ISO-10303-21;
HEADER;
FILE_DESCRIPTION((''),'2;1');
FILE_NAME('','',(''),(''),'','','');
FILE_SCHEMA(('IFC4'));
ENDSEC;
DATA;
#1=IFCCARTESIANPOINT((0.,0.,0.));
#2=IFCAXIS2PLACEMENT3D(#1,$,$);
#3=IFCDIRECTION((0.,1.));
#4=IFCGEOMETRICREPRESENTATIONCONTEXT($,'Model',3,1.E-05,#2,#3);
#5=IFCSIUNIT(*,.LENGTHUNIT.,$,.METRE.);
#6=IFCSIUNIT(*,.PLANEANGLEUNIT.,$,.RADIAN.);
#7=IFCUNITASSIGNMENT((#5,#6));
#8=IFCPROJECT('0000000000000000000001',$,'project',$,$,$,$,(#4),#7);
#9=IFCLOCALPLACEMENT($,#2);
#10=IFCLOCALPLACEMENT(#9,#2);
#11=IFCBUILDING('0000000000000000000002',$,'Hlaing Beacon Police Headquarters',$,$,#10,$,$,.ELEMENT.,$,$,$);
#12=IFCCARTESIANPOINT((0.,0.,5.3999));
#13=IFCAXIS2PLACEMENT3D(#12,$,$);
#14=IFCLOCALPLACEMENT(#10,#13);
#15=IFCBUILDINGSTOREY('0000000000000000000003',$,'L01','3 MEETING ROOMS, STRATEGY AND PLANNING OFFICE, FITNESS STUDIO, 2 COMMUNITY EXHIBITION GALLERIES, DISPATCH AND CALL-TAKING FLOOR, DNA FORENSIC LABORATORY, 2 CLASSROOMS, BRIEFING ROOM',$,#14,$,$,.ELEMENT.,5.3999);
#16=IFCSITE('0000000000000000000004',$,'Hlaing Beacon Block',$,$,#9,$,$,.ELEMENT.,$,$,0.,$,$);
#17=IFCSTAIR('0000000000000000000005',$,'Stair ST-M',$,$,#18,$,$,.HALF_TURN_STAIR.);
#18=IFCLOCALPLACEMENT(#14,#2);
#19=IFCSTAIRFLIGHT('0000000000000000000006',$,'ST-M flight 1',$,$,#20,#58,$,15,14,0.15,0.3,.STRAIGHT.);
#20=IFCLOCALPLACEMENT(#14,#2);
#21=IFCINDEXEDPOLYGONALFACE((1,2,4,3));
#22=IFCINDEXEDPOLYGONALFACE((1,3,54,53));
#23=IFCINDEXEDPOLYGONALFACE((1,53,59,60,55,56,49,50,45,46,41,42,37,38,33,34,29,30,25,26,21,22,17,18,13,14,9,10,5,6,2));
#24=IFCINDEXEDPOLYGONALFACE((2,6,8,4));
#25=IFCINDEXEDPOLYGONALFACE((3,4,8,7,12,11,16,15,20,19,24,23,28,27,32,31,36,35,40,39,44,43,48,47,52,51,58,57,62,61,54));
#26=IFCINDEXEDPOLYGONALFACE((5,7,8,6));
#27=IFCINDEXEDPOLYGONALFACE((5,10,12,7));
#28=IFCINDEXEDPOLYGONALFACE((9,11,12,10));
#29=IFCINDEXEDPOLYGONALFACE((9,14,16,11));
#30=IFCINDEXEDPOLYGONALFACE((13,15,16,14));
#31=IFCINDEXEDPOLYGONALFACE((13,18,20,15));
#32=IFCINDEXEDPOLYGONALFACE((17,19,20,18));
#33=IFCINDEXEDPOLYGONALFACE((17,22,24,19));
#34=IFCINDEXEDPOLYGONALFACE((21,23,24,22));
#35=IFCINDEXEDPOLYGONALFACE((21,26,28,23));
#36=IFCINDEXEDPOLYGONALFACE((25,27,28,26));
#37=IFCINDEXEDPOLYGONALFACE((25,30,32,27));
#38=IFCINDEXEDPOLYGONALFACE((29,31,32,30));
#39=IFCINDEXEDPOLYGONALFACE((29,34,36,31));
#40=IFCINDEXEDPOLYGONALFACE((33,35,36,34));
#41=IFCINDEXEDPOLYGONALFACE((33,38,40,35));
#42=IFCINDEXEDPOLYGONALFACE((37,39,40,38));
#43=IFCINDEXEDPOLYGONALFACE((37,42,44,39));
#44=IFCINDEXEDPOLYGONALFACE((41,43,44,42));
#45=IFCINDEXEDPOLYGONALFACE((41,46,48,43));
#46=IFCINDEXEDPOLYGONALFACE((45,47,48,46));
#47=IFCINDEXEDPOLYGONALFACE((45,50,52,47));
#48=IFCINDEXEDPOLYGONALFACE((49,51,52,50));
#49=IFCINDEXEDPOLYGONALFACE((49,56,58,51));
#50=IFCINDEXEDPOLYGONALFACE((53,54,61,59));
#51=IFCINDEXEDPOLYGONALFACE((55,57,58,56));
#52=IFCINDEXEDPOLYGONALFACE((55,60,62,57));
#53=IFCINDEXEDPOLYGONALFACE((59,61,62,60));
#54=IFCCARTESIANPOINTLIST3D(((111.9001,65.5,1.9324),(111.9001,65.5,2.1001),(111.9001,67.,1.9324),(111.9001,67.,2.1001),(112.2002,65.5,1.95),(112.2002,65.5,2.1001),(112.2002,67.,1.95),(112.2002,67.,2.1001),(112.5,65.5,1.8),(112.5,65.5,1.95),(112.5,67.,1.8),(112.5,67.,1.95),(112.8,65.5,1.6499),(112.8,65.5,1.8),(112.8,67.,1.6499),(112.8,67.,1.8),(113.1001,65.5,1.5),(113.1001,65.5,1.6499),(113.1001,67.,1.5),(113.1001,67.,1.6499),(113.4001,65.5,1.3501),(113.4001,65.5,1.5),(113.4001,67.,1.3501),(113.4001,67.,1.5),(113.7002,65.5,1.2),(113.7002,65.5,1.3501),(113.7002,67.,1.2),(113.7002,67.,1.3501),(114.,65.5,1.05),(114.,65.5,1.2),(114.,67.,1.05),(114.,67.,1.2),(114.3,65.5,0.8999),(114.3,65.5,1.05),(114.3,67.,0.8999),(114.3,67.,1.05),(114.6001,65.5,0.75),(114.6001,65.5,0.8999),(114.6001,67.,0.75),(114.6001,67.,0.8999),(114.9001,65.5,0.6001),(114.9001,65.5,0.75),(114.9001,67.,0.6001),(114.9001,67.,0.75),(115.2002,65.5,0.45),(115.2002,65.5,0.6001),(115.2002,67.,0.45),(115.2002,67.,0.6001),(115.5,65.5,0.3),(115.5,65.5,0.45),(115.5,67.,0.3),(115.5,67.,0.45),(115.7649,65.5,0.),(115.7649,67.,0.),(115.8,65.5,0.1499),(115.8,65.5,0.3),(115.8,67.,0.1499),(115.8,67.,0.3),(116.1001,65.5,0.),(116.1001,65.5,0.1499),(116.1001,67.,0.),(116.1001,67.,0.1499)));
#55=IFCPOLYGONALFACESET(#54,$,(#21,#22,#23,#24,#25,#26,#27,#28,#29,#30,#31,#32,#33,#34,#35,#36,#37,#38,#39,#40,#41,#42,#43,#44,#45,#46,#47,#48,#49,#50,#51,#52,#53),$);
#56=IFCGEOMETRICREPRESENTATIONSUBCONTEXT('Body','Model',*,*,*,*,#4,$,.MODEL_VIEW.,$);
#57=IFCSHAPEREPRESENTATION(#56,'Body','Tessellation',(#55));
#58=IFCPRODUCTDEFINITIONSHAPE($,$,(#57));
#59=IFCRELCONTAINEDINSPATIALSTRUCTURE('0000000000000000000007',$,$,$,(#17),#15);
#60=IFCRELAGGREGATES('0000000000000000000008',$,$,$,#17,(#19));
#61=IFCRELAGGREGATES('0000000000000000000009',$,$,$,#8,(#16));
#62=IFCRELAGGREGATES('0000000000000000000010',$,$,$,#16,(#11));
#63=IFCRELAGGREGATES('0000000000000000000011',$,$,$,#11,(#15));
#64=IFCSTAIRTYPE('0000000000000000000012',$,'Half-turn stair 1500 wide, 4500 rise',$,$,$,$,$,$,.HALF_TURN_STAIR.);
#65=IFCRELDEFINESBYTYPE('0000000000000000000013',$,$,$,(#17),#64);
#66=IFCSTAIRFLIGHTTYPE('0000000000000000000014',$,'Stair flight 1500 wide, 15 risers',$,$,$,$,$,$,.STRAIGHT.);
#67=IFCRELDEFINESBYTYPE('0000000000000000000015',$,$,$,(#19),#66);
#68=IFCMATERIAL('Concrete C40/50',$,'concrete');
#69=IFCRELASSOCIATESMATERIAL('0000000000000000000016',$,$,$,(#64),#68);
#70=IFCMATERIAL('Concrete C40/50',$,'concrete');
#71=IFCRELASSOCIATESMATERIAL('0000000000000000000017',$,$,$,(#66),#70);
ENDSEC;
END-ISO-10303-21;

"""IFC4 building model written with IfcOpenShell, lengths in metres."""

from ifc_helpers import new_model, si_unit, direction, frame, origin, place, context, subcontext, project, spatial, polyline, outline, extrude, material, type_object, element, aggregate, save


model = new_model("IFC4")

# Units and contexts
model_context = context("Model", 3, precision=1e-05, world=origin(), true_north=direction((0.0, 1.0)))
body_context = subcontext(model_context, "Body", "Model", "MODEL_VIEW")
ifc_project = project(units=[si_unit("LENGTHUNIT", "METRE"), si_unit("PLANEANGLEUNIT", "RADIAN")], contexts=[model_context])

# Site, building, storey
site_placement = place(None, origin())
site = spatial("IfcSite", under=ifc_project, at=site_placement, Name="Hlaing Beacon Block", CompositionType="ELEMENT", RefElevation=0.0)
building_placement = place(site_placement, origin())
building = spatial("IfcBuilding", under=site, at=building_placement, Name="Hlaing Beacon Police Headquarters", CompositionType="ELEMENT")
storey_placement = place(building_placement, frame((0.0, 0.0, 5.3999)))
storey = spatial("IfcBuildingStorey", under=building, at=storey_placement, Name="L01", Description="3 MEETING ROOMS, STRATEGY AND PLANNING OFFICE, FITNESS STUDIO, 2 COMMUNITY EXHIBITION GALLERIES, DISPATCH AND CALL-TAKING FLOOR, DNA FORENSIC LABORATORY, 2 CLASSROOMS, BRIEFING ROOM", CompositionType="ELEMENT", Elevation=5.3999)

# Stair, stair flight
ifc_material_1 = material(Name="Concrete C40/50", Category="concrete")
stair_type = type_object("IfcStairType", Name="Half-turn stair 1500 wide, 4500 rise", PredefinedType="HALF_TURN_STAIR", material=ifc_material_1)
stair_placement = place(storey_placement, origin())
stair = element("IfcStair", 1, at=stair_placement, inside=storey, type_object=stair_type, Name="Stair ST-M", PredefinedType="HALF_TURN_STAIR")
ifc_material_2 = material(Name="Concrete C40/50", Category="concrete")
stair_flight_type = type_object("IfcStairFlightType", Name="Stair flight 1500 wide, 15 risers", PredefinedType="STRAIGHT", material=ifc_material_2)
stair_flight_placement = place(storey_placement, frame((116.1001, 66.25, 0.0), z_axis=(0.0, 0.0, 1.0), x_axis=(-1.0, 0.0, 0.0)))
stair_flight = element("IfcStairFlight", 2, at=stair_flight_placement, type_object=stair_flight_type, Name="ST-M flight 1", NumberOfRisers=15, NumberOfTreads=14, PredefinedType="STRAIGHT", RiserHeight=0.15, TreadLength=0.3, context=body_context, shape_type="SweptSolid", body=[
    extrude(outline(polyline([(0.0, 0.0), (0.0, 0.1499), (0.3, 0.1499), (0.3, 0.3), (0.6001, 0.3), (0.6001, 0.45), (0.8999, 0.45), (0.8999, 0.6001), (1.2, 0.6001), (1.2, 0.75), (1.5, 0.75), (1.5, 0.8999), (1.8, 0.8999), (1.8, 1.05), (2.1001, 1.05), (2.1001, 1.2), (2.3999, 1.2), (2.3999, 1.3501), (2.7, 1.3501), (2.7, 1.5), (3.0, 1.5), (3.0, 1.6499), (3.3, 1.6499), (3.3, 1.8), (3.6001, 1.8), (3.6001, 1.95), (3.8999, 1.95), (3.8999, 2.1001), (4.2, 2.1001), (4.2, 2.25), (4.2, 1.9324), (0.3352, 0.0), (0.0, 0.0)])), frame((0.0, 0.75, 0.0), z_axis=(0.0, -1.0, 0.0), x_axis=(1.0, 0.0, 0.0)), (0.0, 0.0, 1.0), 1.5),
])
aggregate(stair, [stair_flight])

save(model, "model.ifc")
